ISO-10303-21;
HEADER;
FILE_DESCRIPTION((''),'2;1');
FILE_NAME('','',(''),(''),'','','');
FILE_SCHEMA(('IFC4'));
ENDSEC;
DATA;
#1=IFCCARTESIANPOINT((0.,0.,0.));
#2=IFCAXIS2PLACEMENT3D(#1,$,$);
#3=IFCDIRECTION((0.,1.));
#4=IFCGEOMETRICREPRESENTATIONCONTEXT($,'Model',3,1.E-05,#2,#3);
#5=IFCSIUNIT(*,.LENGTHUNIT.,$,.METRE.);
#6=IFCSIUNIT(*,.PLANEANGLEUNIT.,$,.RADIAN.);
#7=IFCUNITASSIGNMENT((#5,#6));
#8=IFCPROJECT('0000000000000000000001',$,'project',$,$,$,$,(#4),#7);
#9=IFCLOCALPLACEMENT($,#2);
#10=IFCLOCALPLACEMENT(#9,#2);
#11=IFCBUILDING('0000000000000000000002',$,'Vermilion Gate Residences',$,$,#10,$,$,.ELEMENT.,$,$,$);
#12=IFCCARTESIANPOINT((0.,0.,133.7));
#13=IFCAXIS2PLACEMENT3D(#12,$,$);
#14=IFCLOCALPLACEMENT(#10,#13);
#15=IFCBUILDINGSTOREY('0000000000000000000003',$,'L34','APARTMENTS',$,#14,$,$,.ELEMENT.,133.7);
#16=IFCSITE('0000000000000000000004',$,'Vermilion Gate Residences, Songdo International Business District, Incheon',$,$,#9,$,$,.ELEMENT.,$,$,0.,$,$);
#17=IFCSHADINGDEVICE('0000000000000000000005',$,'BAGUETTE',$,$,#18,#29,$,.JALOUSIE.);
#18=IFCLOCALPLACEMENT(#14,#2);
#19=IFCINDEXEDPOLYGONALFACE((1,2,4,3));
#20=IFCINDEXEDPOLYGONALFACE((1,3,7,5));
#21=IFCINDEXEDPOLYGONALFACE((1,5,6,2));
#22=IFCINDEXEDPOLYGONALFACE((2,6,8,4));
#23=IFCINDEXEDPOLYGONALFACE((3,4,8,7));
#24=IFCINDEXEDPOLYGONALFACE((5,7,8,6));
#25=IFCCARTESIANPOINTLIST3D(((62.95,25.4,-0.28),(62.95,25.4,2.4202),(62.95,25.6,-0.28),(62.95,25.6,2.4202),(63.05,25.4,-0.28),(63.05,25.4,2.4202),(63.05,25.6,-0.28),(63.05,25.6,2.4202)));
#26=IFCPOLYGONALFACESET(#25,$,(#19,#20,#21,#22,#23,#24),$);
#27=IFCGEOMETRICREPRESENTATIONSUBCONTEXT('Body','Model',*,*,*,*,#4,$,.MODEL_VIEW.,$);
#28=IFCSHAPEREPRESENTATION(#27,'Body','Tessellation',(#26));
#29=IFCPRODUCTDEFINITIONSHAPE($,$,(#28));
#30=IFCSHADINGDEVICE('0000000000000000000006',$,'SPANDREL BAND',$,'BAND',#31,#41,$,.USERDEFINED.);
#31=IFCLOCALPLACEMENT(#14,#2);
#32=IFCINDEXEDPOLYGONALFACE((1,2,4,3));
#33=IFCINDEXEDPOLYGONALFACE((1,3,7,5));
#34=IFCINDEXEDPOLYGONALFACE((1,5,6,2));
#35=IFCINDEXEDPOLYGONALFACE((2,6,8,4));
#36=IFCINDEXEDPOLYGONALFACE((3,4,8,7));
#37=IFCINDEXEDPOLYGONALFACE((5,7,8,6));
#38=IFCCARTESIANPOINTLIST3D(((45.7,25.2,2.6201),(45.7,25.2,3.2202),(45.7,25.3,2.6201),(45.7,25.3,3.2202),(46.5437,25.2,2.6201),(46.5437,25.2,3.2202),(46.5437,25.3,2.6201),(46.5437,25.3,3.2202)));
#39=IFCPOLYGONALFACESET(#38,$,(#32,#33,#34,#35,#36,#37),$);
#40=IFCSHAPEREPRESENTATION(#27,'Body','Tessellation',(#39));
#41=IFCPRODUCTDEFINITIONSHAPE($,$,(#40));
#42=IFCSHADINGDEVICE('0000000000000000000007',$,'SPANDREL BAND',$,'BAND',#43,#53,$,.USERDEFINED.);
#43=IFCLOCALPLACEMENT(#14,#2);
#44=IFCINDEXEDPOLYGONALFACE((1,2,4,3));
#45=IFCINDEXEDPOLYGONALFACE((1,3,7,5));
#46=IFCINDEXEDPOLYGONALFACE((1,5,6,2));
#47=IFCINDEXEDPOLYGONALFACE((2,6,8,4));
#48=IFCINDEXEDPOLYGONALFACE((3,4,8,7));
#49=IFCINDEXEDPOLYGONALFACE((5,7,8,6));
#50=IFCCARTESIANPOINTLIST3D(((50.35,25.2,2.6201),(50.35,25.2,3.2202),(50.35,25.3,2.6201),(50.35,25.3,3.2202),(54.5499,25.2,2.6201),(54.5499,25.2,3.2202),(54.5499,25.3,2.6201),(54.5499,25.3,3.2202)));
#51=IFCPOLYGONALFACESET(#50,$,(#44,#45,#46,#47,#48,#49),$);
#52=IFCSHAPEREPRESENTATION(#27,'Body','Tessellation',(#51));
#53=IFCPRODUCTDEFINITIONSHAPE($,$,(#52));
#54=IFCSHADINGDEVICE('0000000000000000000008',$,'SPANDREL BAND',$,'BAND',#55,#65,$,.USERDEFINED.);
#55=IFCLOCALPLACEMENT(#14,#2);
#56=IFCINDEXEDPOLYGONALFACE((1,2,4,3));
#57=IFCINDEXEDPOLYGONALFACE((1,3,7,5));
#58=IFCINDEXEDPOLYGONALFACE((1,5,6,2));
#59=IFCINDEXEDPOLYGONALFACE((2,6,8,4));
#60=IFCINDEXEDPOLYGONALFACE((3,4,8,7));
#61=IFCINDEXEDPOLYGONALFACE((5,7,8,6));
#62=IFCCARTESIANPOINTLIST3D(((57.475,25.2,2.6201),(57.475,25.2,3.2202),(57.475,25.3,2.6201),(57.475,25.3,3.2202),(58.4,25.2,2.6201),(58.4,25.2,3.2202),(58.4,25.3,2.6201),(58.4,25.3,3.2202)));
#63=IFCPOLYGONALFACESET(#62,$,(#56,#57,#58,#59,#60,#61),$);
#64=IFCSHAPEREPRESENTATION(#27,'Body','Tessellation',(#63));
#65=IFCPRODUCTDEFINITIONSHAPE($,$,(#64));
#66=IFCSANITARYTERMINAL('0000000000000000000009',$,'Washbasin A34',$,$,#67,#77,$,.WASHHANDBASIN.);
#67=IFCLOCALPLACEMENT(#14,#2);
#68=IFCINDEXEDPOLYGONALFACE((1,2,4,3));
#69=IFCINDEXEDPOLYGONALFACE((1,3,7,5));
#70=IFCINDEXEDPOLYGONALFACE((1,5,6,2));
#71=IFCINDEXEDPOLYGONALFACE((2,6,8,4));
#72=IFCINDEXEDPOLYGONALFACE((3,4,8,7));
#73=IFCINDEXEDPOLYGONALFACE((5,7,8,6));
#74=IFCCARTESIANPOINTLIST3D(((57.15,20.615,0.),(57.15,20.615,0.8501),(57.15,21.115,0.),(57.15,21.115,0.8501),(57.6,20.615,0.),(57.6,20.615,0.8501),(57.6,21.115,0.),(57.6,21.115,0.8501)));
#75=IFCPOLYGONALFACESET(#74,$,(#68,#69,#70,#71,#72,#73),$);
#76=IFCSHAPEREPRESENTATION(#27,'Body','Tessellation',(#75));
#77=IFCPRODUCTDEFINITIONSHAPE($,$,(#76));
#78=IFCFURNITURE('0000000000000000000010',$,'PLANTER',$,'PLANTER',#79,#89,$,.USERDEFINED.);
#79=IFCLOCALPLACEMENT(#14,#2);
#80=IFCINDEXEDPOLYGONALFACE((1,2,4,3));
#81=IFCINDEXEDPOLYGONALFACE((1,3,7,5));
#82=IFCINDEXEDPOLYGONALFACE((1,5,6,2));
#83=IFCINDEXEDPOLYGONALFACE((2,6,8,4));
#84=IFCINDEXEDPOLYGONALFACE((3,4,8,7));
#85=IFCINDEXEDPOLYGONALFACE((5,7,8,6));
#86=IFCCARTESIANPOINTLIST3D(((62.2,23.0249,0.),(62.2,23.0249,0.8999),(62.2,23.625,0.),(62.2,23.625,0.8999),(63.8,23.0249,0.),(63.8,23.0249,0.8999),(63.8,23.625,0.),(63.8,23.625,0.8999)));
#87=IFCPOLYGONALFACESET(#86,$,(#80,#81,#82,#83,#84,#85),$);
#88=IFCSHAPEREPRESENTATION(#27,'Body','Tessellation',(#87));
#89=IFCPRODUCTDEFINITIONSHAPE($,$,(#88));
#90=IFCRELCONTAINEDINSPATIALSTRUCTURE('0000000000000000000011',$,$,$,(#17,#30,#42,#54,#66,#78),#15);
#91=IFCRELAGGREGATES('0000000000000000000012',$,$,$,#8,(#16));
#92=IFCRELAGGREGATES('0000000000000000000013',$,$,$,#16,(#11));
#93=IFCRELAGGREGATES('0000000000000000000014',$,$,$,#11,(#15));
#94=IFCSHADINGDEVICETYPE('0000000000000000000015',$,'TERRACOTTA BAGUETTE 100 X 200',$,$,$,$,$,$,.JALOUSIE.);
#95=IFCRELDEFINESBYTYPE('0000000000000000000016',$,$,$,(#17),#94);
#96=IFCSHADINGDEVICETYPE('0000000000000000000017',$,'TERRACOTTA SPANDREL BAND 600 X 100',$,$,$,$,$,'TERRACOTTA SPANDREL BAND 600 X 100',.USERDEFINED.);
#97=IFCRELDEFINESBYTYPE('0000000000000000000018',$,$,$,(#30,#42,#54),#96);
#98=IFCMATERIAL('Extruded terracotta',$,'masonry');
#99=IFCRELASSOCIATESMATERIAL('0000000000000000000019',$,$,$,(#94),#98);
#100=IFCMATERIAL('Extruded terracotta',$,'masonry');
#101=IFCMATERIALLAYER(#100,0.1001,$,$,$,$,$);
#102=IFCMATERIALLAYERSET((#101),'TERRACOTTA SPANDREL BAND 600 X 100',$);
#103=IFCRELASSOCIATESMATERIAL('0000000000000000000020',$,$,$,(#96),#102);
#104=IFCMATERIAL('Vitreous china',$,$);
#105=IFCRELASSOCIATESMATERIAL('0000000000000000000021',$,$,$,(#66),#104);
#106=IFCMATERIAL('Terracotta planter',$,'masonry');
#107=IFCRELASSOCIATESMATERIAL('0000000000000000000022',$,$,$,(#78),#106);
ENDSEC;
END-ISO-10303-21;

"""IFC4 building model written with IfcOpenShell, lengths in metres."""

from ifc_helpers import new_model, si_unit, direction, frame, origin, origin_2d, place, context, subcontext, project, spatial, rectangle, extrude, material, layer, layer_set, material_profile, profile_set, type_object, element, save


model = new_model("IFC4")

# Units and contexts
model_context = context("Model", 3, precision=1e-05, world=origin(), true_north=direction((0.0, 1.0)))
body_context = subcontext(model_context, "Body", "Model", "MODEL_VIEW")
ifc_project = project(units=[si_unit("LENGTHUNIT", "METRE"), si_unit("PLANEANGLEUNIT", "RADIAN")], contexts=[model_context])

# Site, building, storey
site_placement = place(None, origin())
site = spatial("IfcSite", under=ifc_project, at=site_placement, Name="Vermilion Gate Residences, Songdo International Business District, Incheon", CompositionType="ELEMENT", RefElevation=0.0)
building_placement = place(site_placement, origin())
building = spatial("IfcBuilding", under=site, at=building_placement, Name="Vermilion Gate Residences", CompositionType="ELEMENT")
storey_placement = place(building_placement, frame((0.0, 0.0, 133.7)))
storey = spatial("IfcBuildingStorey", under=building, at=storey_placement, Name="L34", Description="APARTMENTS", CompositionType="ELEMENT", Elevation=133.7)

# Shading devices
ifc_material_1 = material(Name="Extruded terracotta", Category="masonry")
ifc_material_profile_1 = material_profile(ifc_material_1, rectangle(XDim=0.2, YDim=0.1001, at=origin_2d()), Name="BAGUETTE 100 X 200")
ifc_profile_set_1 = profile_set([ifc_material_profile_1], Name="Extruded terracotta")
shading_device_type_1 = type_object("IfcShadingDeviceType", Name="TERRACOTTA BAGUETTE 100 X 200", PredefinedType="JALOUSIE", material=ifc_profile_set_1)
for number, where, z_axis, x_axis, name in (
    (1, (63.0, 25.5, -0.28), (0.0, 0.0, 1.0), (0.0, -1.0, 0.0), "BAGUETTE"),
):
    element("IfcShadingDevice", number, at=place(storey_placement, frame(where, z_axis=z_axis, x_axis=x_axis)), inside=storey, type_object=shading_device_type_1, Name=name, PredefinedType="JALOUSIE", context=body_context, shape_type="SweptSolid", body=[
        extrude(rectangle(XDim=0.2, YDim=0.1001, at=origin_2d()), origin(), (0.0, 0.0, 1.0), 2.7002),
    ])
ifc_material_2 = material(Name="Extruded terracotta", Category="masonry")
ifc_layer_1 = layer(ifc_material_2, 0.1001)
ifc_layer_set_1 = layer_set([ifc_layer_1], Name="TERRACOTTA SPANDREL BAND 600 X 100")
shading_device_type_2 = type_object("IfcShadingDeviceType", Name="TERRACOTTA SPANDREL BAND 600 X 100", ElementType="TERRACOTTA SPANDREL BAND 600 X 100", PredefinedType="USERDEFINED", material=ifc_layer_set_1)
shading_device_1_placement = place(storey_placement, frame((46.1218, 25.25, 2.6201), z_axis=(0.0, 0.0, 1.0), x_axis=(1.0, 0.0, 0.0)))
element("IfcShadingDevice", 2, at=shading_device_1_placement, inside=storey, type_object=shading_device_type_2, Name="SPANDREL BAND", ObjectType="BAND", PredefinedType="USERDEFINED", context=body_context, shape_type="SweptSolid", body=[
    extrude(rectangle(XDim=0.8438, YDim=0.1001, at=origin_2d()), origin(), (0.0, 0.0, 1.0), 0.6001),
])
shading_device_2_placement = place(storey_placement, frame((52.45, 25.25, 2.6201), z_axis=(0.0, 0.0, 1.0), x_axis=(1.0, 0.0, 0.0)))
element("IfcShadingDevice", 3, at=shading_device_2_placement, inside=storey, type_object=shading_device_type_2, Name="SPANDREL BAND", ObjectType="BAND", PredefinedType="USERDEFINED", context=body_context, shape_type="SweptSolid", body=[
    extrude(rectangle(XDim=4.2, YDim=0.1001, at=origin_2d()), origin(), (0.0, 0.0, 1.0), 0.6001),
])
shading_device_3_placement = place(storey_placement, frame((57.9375, 25.25, 2.6201), z_axis=(0.0, 0.0, 1.0), x_axis=(1.0, 0.0, 0.0)))
element("IfcShadingDevice", 4, at=shading_device_3_placement, inside=storey, type_object=shading_device_type_2, Name="SPANDREL BAND", ObjectType="BAND", PredefinedType="USERDEFINED", context=body_context, shape_type="SweptSolid", body=[
    extrude(rectangle(XDim=0.925, YDim=0.1001, at=origin_2d()), origin(), (0.0, 0.0, 1.0), 0.6001),
])

# Sanitary terminal
ifc_material_3 = material(Name="Vitreous china")
sanitary_terminal_placement = place(storey_placement, frame((57.375, 20.865, 0.0), z_axis=(0.0, 0.0, 1.0), x_axis=(1.0, 0.0, 0.0)))
element("IfcSanitaryTerminal", 5, at=sanitary_terminal_placement, inside=storey, material=ifc_material_3, Name="Washbasin A34", PredefinedType="WASHHANDBASIN", context=body_context, shape_type="SweptSolid", body=[
    extrude(rectangle(XDim=0.45, YDim=0.5, at=origin_2d()), origin(), (0.0, 0.0, 1.0), 0.8501),
])

# Furniture
ifc_material_4 = material(Name="Terracotta planter", Category="masonry")
furniture_placement = place(storey_placement, frame((63.0, 23.325, 0.0), z_axis=(0.0, 0.0, 1.0), x_axis=(-1.0, 0.0, 0.0)))
element("IfcFurniture", 6, at=furniture_placement, inside=storey, material=ifc_material_4, Name="PLANTER", ObjectType="PLANTER", PredefinedType="USERDEFINED", context=body_context, shape_type="SweptSolid", body=[
    extrude(rectangle(XDim=1.6001, YDim=0.6001, at=origin_2d()), origin(), (0.0, 0.0, 1.0), 0.8999),
])

save(model, "model.ifc")
